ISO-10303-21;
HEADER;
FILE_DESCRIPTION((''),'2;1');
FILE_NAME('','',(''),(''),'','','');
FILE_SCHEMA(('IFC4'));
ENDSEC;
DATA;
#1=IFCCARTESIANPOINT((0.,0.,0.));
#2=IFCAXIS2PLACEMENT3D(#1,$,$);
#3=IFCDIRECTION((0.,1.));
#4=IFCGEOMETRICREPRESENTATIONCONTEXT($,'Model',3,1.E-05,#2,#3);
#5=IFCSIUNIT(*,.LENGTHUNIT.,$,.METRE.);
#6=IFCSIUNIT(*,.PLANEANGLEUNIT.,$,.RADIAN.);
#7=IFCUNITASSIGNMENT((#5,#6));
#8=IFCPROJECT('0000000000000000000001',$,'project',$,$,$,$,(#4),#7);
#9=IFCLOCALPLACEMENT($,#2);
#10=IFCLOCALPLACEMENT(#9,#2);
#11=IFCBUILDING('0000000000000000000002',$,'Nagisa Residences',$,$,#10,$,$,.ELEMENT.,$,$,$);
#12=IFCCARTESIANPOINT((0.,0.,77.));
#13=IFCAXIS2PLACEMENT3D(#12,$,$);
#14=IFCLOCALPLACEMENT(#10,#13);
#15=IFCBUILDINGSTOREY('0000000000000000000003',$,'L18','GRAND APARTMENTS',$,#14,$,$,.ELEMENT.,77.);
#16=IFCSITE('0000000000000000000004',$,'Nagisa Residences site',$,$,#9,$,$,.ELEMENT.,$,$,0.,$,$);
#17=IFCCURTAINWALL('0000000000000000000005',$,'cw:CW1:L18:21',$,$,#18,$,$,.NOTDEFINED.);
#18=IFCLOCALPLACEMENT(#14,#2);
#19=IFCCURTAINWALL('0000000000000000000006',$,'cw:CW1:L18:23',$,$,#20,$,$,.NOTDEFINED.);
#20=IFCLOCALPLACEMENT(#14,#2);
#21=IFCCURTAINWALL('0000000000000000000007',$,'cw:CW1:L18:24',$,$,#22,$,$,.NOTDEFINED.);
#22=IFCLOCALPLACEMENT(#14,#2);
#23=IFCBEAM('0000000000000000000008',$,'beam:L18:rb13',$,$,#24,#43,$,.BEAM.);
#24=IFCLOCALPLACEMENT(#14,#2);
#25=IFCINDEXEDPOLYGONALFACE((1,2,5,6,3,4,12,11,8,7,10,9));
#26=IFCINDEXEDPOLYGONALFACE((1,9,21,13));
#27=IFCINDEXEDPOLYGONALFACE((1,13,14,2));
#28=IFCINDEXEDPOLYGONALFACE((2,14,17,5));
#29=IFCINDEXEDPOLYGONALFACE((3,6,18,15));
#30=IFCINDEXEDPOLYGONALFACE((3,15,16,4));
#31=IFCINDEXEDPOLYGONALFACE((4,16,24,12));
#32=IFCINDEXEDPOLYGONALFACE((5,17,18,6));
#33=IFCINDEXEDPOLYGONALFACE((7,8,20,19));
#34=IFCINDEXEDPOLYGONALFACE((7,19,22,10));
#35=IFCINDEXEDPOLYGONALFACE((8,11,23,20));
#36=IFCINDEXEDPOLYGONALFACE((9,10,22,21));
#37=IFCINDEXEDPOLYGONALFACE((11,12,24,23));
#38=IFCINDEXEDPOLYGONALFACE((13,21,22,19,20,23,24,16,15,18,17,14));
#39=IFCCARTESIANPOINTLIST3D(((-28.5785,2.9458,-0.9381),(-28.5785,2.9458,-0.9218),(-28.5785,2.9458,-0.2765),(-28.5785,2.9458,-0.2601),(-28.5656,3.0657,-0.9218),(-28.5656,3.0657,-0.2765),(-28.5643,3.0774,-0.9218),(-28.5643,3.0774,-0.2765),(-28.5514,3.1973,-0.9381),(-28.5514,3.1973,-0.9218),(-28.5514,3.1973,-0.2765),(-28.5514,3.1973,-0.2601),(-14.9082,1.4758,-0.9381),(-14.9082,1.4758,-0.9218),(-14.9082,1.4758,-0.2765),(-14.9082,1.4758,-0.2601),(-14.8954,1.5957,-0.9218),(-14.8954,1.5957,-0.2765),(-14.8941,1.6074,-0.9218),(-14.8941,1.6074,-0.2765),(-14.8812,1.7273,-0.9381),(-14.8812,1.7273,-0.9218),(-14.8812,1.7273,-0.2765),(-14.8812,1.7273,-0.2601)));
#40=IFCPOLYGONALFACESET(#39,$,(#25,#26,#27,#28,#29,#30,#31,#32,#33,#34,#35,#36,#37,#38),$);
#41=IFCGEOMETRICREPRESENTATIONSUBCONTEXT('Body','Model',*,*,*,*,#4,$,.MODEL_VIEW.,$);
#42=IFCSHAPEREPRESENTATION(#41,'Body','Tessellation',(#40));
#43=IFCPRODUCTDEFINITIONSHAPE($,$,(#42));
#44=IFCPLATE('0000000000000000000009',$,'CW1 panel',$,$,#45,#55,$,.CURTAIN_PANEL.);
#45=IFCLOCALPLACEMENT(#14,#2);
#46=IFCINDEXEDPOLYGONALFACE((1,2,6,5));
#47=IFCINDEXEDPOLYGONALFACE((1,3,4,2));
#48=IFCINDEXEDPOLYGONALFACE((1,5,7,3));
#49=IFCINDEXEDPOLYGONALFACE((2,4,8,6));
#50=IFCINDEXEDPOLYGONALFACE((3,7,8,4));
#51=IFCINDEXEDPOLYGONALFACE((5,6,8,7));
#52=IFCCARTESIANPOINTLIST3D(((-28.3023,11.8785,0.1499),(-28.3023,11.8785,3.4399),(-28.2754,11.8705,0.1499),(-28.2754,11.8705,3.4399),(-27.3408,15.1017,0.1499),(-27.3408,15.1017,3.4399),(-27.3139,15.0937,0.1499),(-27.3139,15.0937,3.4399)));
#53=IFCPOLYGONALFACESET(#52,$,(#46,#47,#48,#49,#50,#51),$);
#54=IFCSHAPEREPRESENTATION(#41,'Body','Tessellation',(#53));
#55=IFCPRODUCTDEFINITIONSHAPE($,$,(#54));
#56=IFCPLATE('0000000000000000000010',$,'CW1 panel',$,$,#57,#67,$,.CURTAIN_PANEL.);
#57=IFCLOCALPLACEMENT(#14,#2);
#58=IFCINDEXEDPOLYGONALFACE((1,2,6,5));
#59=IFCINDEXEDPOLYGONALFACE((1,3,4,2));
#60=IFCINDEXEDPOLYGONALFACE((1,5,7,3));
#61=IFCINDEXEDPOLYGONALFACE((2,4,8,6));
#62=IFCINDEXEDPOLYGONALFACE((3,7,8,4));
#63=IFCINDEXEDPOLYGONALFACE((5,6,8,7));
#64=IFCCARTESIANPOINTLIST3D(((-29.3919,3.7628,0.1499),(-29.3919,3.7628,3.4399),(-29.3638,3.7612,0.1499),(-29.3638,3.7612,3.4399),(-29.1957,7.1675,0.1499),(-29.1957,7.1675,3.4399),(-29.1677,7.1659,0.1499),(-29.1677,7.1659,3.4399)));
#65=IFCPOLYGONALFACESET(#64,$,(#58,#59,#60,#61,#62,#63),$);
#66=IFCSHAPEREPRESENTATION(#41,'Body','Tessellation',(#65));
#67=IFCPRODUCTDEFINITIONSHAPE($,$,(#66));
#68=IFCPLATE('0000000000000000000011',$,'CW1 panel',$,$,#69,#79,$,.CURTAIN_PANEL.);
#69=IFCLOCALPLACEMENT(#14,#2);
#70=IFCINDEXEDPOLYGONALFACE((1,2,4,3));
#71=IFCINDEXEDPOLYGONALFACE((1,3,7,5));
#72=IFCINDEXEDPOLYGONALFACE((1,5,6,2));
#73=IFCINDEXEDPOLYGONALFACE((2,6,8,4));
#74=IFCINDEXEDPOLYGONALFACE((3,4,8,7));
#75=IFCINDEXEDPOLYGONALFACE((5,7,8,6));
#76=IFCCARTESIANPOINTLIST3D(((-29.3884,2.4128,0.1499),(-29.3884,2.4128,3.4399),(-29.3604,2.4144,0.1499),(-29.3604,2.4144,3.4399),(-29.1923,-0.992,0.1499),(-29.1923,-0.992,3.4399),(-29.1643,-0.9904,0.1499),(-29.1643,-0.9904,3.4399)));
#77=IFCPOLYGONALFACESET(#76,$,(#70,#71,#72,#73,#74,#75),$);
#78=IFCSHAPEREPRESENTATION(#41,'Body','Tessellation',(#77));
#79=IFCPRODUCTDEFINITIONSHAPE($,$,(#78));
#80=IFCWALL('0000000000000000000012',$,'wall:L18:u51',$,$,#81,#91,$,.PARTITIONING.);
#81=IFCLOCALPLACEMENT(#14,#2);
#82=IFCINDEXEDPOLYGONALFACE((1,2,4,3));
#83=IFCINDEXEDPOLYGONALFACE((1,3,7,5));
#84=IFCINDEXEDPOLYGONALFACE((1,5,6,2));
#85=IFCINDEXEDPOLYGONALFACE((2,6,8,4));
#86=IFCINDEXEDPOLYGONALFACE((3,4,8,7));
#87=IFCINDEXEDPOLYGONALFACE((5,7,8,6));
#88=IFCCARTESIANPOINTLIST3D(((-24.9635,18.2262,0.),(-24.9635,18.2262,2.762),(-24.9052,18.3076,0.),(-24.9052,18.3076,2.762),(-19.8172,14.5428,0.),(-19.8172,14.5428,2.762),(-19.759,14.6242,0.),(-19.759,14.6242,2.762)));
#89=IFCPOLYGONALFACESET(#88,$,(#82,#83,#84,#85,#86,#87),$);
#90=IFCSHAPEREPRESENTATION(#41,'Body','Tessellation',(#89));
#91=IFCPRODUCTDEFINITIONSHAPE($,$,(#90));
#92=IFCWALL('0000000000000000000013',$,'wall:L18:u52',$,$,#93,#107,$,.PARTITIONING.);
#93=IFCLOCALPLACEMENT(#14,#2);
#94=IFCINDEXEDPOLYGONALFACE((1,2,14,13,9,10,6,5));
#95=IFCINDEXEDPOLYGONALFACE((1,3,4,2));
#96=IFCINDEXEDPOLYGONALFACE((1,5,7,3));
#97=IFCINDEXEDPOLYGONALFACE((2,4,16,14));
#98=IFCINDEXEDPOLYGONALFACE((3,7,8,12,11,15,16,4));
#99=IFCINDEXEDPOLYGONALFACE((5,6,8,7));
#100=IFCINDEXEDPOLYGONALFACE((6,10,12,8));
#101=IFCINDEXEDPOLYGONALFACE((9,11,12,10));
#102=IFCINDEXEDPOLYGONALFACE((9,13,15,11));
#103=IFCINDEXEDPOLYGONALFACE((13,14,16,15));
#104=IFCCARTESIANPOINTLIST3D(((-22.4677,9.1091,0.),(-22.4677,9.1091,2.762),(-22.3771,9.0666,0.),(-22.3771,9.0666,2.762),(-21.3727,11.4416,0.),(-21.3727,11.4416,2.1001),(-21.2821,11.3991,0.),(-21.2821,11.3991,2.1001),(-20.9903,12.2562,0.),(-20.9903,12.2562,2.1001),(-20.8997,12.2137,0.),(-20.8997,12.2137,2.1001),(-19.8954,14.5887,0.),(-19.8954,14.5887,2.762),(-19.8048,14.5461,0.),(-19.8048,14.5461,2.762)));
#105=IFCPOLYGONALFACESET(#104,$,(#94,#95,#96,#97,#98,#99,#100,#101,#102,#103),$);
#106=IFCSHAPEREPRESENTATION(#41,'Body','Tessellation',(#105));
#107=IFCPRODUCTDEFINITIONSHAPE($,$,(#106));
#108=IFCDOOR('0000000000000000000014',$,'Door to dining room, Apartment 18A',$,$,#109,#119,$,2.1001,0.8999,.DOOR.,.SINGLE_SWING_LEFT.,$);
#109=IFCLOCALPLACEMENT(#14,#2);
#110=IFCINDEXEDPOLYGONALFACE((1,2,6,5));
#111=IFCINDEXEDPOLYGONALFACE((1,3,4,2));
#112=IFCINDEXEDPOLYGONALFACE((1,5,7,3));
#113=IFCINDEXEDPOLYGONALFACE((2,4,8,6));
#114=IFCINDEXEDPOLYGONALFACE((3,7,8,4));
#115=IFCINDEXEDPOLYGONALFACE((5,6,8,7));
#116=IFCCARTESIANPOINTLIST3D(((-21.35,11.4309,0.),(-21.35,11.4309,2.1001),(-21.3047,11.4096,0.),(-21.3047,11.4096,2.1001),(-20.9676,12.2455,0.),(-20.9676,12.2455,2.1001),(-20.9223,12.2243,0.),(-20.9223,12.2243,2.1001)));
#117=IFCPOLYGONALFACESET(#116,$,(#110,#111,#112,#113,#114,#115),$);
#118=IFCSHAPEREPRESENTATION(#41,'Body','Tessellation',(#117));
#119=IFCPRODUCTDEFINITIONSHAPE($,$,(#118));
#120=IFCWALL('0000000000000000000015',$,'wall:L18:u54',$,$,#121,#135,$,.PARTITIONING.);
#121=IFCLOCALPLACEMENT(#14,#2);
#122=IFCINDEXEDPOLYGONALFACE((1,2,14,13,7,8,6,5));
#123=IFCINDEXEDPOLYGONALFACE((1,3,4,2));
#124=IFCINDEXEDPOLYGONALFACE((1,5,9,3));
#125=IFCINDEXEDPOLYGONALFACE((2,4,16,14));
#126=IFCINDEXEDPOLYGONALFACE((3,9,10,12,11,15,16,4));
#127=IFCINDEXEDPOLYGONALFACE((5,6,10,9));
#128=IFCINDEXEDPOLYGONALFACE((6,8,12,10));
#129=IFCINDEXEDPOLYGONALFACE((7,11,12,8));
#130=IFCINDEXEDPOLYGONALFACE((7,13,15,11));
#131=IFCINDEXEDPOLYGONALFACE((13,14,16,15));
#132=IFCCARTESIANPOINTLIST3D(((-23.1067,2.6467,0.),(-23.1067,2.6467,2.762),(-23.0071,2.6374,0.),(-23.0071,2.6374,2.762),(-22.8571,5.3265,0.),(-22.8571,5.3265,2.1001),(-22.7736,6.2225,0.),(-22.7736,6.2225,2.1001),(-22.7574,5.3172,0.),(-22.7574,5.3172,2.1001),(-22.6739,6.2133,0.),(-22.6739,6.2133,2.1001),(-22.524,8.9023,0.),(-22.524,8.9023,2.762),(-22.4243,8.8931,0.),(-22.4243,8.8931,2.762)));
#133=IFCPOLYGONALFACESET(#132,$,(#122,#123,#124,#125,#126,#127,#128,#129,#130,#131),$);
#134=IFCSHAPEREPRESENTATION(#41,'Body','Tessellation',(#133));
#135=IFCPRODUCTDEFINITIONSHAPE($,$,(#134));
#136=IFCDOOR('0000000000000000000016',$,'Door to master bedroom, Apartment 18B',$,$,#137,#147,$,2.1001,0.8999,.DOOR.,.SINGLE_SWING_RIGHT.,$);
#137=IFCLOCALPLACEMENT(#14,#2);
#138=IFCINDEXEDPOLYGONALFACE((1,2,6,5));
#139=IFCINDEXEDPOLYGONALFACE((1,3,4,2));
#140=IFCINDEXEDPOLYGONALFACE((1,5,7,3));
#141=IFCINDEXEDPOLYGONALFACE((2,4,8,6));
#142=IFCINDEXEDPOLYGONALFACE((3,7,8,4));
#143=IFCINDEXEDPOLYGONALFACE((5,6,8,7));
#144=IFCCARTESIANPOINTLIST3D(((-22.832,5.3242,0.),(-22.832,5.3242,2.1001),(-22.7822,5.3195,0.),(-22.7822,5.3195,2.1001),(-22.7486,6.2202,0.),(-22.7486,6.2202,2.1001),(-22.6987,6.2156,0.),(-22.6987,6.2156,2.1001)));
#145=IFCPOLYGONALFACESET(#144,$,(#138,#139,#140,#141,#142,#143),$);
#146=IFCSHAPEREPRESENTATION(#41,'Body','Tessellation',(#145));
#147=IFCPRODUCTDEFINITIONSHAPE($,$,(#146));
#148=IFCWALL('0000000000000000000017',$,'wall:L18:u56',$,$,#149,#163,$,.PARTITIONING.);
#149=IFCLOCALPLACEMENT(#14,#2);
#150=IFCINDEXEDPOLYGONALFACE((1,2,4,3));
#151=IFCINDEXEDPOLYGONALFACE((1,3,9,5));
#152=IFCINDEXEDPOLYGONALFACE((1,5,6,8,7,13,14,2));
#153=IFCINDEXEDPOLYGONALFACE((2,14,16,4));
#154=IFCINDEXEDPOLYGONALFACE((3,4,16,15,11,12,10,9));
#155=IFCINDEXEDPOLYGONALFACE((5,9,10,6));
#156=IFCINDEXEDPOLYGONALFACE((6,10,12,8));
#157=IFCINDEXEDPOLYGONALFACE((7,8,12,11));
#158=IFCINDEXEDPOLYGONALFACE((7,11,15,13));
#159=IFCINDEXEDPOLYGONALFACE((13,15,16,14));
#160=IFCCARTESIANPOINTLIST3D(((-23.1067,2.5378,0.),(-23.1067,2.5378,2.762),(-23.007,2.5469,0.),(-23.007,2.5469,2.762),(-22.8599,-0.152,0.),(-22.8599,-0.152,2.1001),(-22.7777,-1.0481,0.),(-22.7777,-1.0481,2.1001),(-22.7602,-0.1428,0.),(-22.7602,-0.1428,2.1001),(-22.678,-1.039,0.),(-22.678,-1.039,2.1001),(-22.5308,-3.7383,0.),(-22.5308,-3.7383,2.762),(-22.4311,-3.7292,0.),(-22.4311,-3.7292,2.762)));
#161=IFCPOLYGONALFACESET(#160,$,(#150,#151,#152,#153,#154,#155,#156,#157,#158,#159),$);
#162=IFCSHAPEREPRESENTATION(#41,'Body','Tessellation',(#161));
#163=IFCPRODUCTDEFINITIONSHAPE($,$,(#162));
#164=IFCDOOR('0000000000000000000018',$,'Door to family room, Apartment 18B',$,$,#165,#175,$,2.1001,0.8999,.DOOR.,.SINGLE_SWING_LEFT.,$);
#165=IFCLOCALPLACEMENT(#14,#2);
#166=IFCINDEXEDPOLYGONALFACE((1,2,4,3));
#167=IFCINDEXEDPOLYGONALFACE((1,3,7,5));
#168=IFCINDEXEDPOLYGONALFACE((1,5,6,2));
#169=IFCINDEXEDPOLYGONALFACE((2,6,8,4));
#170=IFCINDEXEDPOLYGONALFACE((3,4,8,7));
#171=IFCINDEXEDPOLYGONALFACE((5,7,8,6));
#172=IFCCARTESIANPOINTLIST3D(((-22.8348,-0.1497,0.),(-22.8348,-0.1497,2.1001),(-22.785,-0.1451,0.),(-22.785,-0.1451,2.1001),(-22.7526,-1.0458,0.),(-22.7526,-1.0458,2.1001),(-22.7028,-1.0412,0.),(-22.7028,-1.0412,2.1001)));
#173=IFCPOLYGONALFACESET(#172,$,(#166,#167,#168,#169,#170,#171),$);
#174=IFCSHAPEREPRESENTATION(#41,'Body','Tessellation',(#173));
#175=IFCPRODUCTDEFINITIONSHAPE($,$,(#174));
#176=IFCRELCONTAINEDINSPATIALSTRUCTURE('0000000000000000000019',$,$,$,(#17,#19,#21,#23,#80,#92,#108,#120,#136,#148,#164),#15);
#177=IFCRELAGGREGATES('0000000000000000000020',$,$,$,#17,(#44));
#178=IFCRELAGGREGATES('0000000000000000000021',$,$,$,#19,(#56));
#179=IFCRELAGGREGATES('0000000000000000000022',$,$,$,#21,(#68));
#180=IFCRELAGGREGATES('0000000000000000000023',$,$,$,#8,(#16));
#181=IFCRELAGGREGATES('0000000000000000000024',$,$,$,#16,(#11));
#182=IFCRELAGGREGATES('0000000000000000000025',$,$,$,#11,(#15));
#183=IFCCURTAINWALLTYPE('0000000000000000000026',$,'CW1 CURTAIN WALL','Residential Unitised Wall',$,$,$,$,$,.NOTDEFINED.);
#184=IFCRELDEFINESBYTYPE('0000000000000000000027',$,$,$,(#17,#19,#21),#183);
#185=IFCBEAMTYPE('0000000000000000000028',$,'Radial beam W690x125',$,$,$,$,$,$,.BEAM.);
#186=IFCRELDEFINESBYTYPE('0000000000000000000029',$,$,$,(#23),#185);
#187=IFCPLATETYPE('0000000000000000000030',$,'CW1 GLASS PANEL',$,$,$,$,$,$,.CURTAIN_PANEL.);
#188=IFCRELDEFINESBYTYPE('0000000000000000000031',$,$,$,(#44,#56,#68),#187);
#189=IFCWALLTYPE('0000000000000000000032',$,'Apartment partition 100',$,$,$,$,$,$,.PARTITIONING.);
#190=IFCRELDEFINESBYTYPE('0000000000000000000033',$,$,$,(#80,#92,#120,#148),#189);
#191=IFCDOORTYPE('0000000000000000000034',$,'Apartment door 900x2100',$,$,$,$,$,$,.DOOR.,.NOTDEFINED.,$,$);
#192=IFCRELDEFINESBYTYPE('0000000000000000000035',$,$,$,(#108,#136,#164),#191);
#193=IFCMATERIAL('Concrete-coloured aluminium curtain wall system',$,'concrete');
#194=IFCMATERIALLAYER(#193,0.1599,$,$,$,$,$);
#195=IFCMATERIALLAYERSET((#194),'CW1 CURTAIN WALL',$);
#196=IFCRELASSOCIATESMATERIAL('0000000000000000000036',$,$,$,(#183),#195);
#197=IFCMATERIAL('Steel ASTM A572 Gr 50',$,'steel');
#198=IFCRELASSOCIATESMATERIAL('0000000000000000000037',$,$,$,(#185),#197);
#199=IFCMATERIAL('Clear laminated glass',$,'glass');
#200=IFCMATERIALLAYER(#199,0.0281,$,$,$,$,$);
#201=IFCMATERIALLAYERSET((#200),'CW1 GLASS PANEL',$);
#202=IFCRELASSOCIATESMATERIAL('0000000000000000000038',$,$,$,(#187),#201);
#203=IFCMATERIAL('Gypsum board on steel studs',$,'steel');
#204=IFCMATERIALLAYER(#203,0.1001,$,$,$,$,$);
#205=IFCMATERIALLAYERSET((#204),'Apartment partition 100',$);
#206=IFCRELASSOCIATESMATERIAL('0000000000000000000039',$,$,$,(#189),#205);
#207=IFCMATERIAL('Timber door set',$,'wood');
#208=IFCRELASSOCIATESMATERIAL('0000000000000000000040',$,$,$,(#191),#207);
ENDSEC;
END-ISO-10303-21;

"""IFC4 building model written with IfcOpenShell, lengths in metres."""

from ifc_helpers import new_model, si_unit, direction, frame, frame_2d, origin, origin_2d, place, context, subcontext, project, spatial, rectangle, i_section, extrude, material, layer, layer_set, material_profile, profile_set, type_object, element, fill, aggregate, save


model = new_model("IFC4")

# Units and contexts
model_context = context("Model", 3, precision=1e-05, world=origin(), true_north=direction((0.0, 1.0)))
body_context = subcontext(model_context, "Body", "Model", "MODEL_VIEW")
ifc_project = project(units=[si_unit("LENGTHUNIT", "METRE"), si_unit("PLANEANGLEUNIT", "RADIAN")], contexts=[model_context])

# Site, building, storey
site_placement = place(None, origin())
site = spatial("IfcSite", under=ifc_project, at=site_placement, Name="Nagisa Residences site", CompositionType="ELEMENT", RefElevation=0.0)
building_placement = place(site_placement, origin())
building = spatial("IfcBuilding", under=site, at=building_placement, Name="Nagisa Residences", CompositionType="ELEMENT")
storey_placement = place(building_placement, frame((0.0, 0.0, 77.0)))
storey = spatial("IfcBuildingStorey", under=building, at=storey_placement, Name="L18", Description="GRAND APARTMENTS", CompositionType="ELEMENT", Elevation=77.0)

# Curtain walls
ifc_material_1 = material(Name="Concrete-coloured aluminium curtain wall system", Category="concrete")
ifc_layer_1 = layer(ifc_material_1, 0.1599)
ifc_layer_set_1 = layer_set([ifc_layer_1], Name="CW1 CURTAIN WALL")
curtain_wall_type = type_object("IfcCurtainWallType", Name="CW1 CURTAIN WALL", Description="Residential Unitised Wall", PredefinedType="NOTDEFINED", material=ifc_layer_set_1)
curtain_wall_1_placement = place(storey_placement, origin())
curtain_wall_1 = element("IfcCurtainWall", 1, at=curtain_wall_1_placement, inside=storey, type_object=curtain_wall_type, Name="cw:CW1:L18:21", PredefinedType="NOTDEFINED")
curtain_wall_2_placement = place(storey_placement, origin())
curtain_wall_2 = element("IfcCurtainWall", 2, at=curtain_wall_2_placement, inside=storey, type_object=curtain_wall_type, Name="cw:CW1:L18:23", PredefinedType="NOTDEFINED")
curtain_wall_3_placement = place(storey_placement, origin())
curtain_wall_3 = element("IfcCurtainWall", 3, at=curtain_wall_3_placement, inside=storey, type_object=curtain_wall_type, Name="cw:CW1:L18:24", PredefinedType="NOTDEFINED")

# Beam
ifc_material_2 = material(Name="Steel ASTM A572 Gr 50", Category="steel")
ifc_material_profile_1 = material_profile(ifc_material_2, i_section(OverallWidth=0.2529, OverallDepth=0.678, WebThickness=0.0117, FlangeThickness=0.0164, at=origin_2d()), Name="W690x125")
ifc_profile_set_1 = profile_set([ifc_material_profile_1], Name="Steel ASTM A572 Gr 50")
beam_type_1 = type_object("IfcBeamType", Name="Radial beam W690x125", PredefinedType="BEAM", material=ifc_profile_set_1)
beam_1_placement = place(storey_placement, frame((-28.5649, 3.0715, -0.5991), z_axis=(0.994268, -0.106915, 0.0), x_axis=(0.106915, 0.994268, 0.0)))
element("IfcBeam", 4, at=beam_1_placement, inside=storey, type_object=beam_type_1, Name="beam:L18:rb13", PredefinedType="BEAM", context=body_context, shape_type="SweptSolid", body=[
    extrude(i_section(OverallWidth=0.2529, OverallDepth=0.678, WebThickness=0.0117, FlangeThickness=0.0164, at=origin_2d()), origin(), (0.0, 0.0, 1.0), 13.749),
])

# Plates
ifc_material_3 = material(Name="Clear laminated glass", Category="glass")
ifc_layer_2 = layer(ifc_material_3, 0.0281)
ifc_layer_set_2 = layer_set([ifc_layer_2], Name="CW1 GLASS PANEL")
plate_type = type_object("IfcPlateType", Name="CW1 GLASS PANEL", PredefinedType="CURTAIN_PANEL", material=ifc_layer_set_2)
plate_1_placement = place(storey_placement, frame((-27.8081, 13.4861, 0.1499), z_axis=(0.0, 0.0, 1.0), x_axis=(-0.28586, -0.958271, 0.0)))
plate_1 = element("IfcPlate", 5, at=plate_1_placement, type_object=plate_type, Name="CW1 panel", PredefinedType="CURTAIN_PANEL", context=body_context, shape_type="SweptSolid", body=[
    extrude(rectangle(XDim=3.3635, YDim=0.0281, at=origin_2d()), origin(), (0.0, 0.0, 1.0), 3.29),
])
aggregate(curtain_wall_1, [plate_1])
plate_2_placement = place(storey_placement, frame((-29.2798, 5.4644, 0.1499), z_axis=(0.0, 0.0, 1.0), x_axis=(-0.057503, -0.998345, 0.0)))
plate_2 = element("IfcPlate", 6, at=plate_2_placement, type_object=plate_type, Name="CW1 panel", PredefinedType="CURTAIN_PANEL", context=body_context, shape_type="SweptSolid", body=[
    extrude(rectangle(XDim=3.4104, YDim=0.0281, at=origin_2d()), origin(), (0.0, 0.0, 1.0), 3.29),
])
aggregate(curtain_wall_2, [plate_2])
plate_3_placement = place(storey_placement, frame((-29.2764, 0.7112, 0.1499), z_axis=(0.0, 0.0, 1.0), x_axis=(0.057503, -0.998345, 0.0)))
plate_3 = element("IfcPlate", 7, at=plate_3_placement, type_object=plate_type, Name="CW1 panel", PredefinedType="CURTAIN_PANEL", context=body_context, shape_type="SweptSolid", body=[
    extrude(rectangle(XDim=3.4104, YDim=0.0281, at=origin_2d()), origin(), (0.0, 0.0, 1.0), 3.29),
])
aggregate(curtain_wall_3, [plate_3])

# Wall
ifc_material_4 = material(Name="Gypsum board on steel studs", Category="steel")
ifc_layer_3 = layer(ifc_material_4, 0.1001)
ifc_layer_set_3 = layer_set([ifc_layer_3], Name="Apartment partition 100")
wall_type_1 = type_object("IfcWallType", Name="Apartment partition 100", PredefinedType="PARTITIONING", material=ifc_layer_set_3)
wall_1_placement = place(storey_placement, frame((-19.7881, 14.5835, 0.0), z_axis=(0.0, 0.0, 1.0), x_axis=(-0.813175, 0.582019, 0.0)))
element("IfcWall", 8, at=wall_1_placement, inside=storey, type_object=wall_type_1, Name="wall:L18:u51", PredefinedType="PARTITIONING", context=body_context, shape_type="SweptSolid", body=[
    extrude(rectangle(XDim=6.3286, YDim=0.1001, at=frame_2d((3.1643, 0.0))), origin(), (0.0, 0.0, 1.0), 2.762),
])

# Walls, openings, doors
wall_2_placement = place(storey_placement, frame((-19.8501, 14.5674, 0.0), z_axis=(0.0, 0.0, 1.0), x_axis=(-0.424942, -0.90522, 0.0)))
wall_2 = element("IfcWall", 9, at=wall_2_placement, inside=storey, type_object=wall_type_1, Name="wall:L18:u52", PredefinedType="PARTITIONING", context=body_context, shape_type="SweptSolid", body=[
    extrude(rectangle(XDim=6.0532, YDim=0.1001, at=frame_2d((3.0266, 0.0))), origin(), (0.0, 0.0, 1.0), 2.762),
])
opening_1_placement = place(wall_2_placement, frame((2.5767, 0.0, 0.0)))
opening_1 = element("IfcOpeningElement", 10, at=opening_1_placement, cuts=wall_2, PredefinedType="OPENING", context=body_context, shape_type="SweptSolid", body=[
    extrude(rectangle(XDim=0.8999, YDim=2.1001, at=frame_2d((0.45, 1.05))), frame((0.0, 0.0601, 0.0), z_axis=(0.0, -1.0, 0.0), x_axis=(1.0, 0.0, 0.0)), (0.0, 0.0, 1.0), 0.1201),
])
ifc_material_5 = material(Name="Timber door set", Category="wood")
door_type_1 = type_object("IfcDoorType", Name="Apartment door 900x2100", OperationType="NOTDEFINED", PredefinedType="DOOR", material=ifc_material_5)
door_1_placement = place(opening_1_placement, frame((0.8999, 0.0, 0.0), x_axis=(-1.0, 0.0, 0.0)))
door_1 = element("IfcDoor", 11, at=door_1_placement, inside=storey, type_object=door_type_1, Name="Door to dining room, Apartment 18A", OperationType="SINGLE_SWING_LEFT", OverallHeight=2.1001, OverallWidth=0.8999, PredefinedType="DOOR", context=body_context, shape_type="SweptSolid", body=[
    extrude(rectangle(XDim=0.8999, YDim=2.1001, at=frame_2d((0.45, 1.05))), frame((0.0, 0.0249, 0.0), z_axis=(0.0, -1.0, 0.0), x_axis=(1.0, 0.0, 0.0)), (0.0, 0.0, 1.0), 0.05),
])
fill(opening_1, door_1)
wall_3_placement = place(storey_placement, frame((-22.4741, 8.8977, 0.0), z_axis=(0.0, 0.0, 1.0), x_axis=(-0.092757, -0.995689, 0.0)))
wall_3 = element("IfcWall", 12, at=wall_3_placement, inside=storey, type_object=wall_type_1, Name="wall:L18:u54", PredefinedType="PARTITIONING", context=body_context, shape_type="SweptSolid", body=[
    extrude(rectangle(XDim=6.2827, YDim=0.1001, at=frame_2d((3.1414, 0.0))), origin(), (0.0, 0.0, 1.0), 2.762),
])
opening_2_placement = place(wall_3_placement, frame((2.6914, 0.0, 0.0)))
opening_2 = element("IfcOpeningElement", 13, at=opening_2_placement, cuts=wall_3, PredefinedType="OPENING", context=body_context, shape_type="SweptSolid", body=[
    extrude(rectangle(XDim=0.8999, YDim=2.1001, at=frame_2d((0.45, 1.05))), frame((0.0, 0.0601, 0.0), z_axis=(0.0, -1.0, 0.0), x_axis=(1.0, 0.0, 0.0)), (0.0, 0.0, 1.0), 0.1201),
])
door_2_placement = place(opening_2_placement, frame((0.8999, 0.0, 0.0), x_axis=(-1.0, 0.0, 0.0)))
door_2 = element("IfcDoor", 14, at=door_2_placement, inside=storey, type_object=door_type_1, Name="Door to master bedroom, Apartment 18B", OperationType="SINGLE_SWING_RIGHT", OverallHeight=2.1001, OverallWidth=0.8999, PredefinedType="DOOR", context=body_context, shape_type="SweptSolid", body=[
    extrude(rectangle(XDim=0.8999, YDim=2.1001, at=frame_2d((0.45, 1.05))), frame((0.0, 0.0249, 0.0), z_axis=(0.0, -1.0, 0.0), x_axis=(1.0, 0.0, 0.0)), (0.0, 0.0, 1.0), 0.05),
])
fill(opening_2, door_2)
wall_4_placement = place(storey_placement, frame((-23.0569, 2.5425, 0.0), z_axis=(0.0, 0.0, 1.0), x_axis=(0.091381, -0.995816, 0.0)))
wall_4 = element("IfcWall", 15, at=wall_4_placement, inside=storey, type_object=wall_type_1, Name="wall:L18:u56", PredefinedType="PARTITIONING", context=body_context, shape_type="SweptSolid", body=[
    extrude(rectangle(XDim=6.3025, YDim=0.1001, at=frame_2d((3.1514, 0.0))), origin(), (0.0, 0.0, 1.0), 2.762),
])
opening_3_placement = place(wall_4_placement, frame((2.7012, 0.0, 0.0)))
opening_3 = element("IfcOpeningElement", 16, at=opening_3_placement, cuts=wall_4, PredefinedType="OPENING", context=body_context, shape_type="SweptSolid", body=[
    extrude(rectangle(XDim=0.8999, YDim=2.1001, at=frame_2d((0.45, 1.05))), frame((0.0, 0.0601, 0.0), z_axis=(0.0, -1.0, 0.0), x_axis=(1.0, 0.0, 0.0)), (0.0, 0.0, 1.0), 0.1201),
])
door_3_placement = place(opening_3_placement, frame((0.8999, 0.0, 0.0), x_axis=(-1.0, 0.0, 0.0)))
door_3 = element("IfcDoor", 17, at=door_3_placement, inside=storey, type_object=door_type_1, Name="Door to family room, Apartment 18B", OperationType="SINGLE_SWING_LEFT", OverallHeight=2.1001, OverallWidth=0.8999, PredefinedType="DOOR", context=body_context, shape_type="SweptSolid", body=[
    extrude(rectangle(XDim=0.8999, YDim=2.1001, at=frame_2d((0.45, 1.05))), frame((0.0, 0.0249, 0.0), z_axis=(0.0, -1.0, 0.0), x_axis=(1.0, 0.0, 0.0)), (0.0, 0.0, 1.0), 0.05),
])
fill(opening_3, door_3)

save(model, "model.ifc")
